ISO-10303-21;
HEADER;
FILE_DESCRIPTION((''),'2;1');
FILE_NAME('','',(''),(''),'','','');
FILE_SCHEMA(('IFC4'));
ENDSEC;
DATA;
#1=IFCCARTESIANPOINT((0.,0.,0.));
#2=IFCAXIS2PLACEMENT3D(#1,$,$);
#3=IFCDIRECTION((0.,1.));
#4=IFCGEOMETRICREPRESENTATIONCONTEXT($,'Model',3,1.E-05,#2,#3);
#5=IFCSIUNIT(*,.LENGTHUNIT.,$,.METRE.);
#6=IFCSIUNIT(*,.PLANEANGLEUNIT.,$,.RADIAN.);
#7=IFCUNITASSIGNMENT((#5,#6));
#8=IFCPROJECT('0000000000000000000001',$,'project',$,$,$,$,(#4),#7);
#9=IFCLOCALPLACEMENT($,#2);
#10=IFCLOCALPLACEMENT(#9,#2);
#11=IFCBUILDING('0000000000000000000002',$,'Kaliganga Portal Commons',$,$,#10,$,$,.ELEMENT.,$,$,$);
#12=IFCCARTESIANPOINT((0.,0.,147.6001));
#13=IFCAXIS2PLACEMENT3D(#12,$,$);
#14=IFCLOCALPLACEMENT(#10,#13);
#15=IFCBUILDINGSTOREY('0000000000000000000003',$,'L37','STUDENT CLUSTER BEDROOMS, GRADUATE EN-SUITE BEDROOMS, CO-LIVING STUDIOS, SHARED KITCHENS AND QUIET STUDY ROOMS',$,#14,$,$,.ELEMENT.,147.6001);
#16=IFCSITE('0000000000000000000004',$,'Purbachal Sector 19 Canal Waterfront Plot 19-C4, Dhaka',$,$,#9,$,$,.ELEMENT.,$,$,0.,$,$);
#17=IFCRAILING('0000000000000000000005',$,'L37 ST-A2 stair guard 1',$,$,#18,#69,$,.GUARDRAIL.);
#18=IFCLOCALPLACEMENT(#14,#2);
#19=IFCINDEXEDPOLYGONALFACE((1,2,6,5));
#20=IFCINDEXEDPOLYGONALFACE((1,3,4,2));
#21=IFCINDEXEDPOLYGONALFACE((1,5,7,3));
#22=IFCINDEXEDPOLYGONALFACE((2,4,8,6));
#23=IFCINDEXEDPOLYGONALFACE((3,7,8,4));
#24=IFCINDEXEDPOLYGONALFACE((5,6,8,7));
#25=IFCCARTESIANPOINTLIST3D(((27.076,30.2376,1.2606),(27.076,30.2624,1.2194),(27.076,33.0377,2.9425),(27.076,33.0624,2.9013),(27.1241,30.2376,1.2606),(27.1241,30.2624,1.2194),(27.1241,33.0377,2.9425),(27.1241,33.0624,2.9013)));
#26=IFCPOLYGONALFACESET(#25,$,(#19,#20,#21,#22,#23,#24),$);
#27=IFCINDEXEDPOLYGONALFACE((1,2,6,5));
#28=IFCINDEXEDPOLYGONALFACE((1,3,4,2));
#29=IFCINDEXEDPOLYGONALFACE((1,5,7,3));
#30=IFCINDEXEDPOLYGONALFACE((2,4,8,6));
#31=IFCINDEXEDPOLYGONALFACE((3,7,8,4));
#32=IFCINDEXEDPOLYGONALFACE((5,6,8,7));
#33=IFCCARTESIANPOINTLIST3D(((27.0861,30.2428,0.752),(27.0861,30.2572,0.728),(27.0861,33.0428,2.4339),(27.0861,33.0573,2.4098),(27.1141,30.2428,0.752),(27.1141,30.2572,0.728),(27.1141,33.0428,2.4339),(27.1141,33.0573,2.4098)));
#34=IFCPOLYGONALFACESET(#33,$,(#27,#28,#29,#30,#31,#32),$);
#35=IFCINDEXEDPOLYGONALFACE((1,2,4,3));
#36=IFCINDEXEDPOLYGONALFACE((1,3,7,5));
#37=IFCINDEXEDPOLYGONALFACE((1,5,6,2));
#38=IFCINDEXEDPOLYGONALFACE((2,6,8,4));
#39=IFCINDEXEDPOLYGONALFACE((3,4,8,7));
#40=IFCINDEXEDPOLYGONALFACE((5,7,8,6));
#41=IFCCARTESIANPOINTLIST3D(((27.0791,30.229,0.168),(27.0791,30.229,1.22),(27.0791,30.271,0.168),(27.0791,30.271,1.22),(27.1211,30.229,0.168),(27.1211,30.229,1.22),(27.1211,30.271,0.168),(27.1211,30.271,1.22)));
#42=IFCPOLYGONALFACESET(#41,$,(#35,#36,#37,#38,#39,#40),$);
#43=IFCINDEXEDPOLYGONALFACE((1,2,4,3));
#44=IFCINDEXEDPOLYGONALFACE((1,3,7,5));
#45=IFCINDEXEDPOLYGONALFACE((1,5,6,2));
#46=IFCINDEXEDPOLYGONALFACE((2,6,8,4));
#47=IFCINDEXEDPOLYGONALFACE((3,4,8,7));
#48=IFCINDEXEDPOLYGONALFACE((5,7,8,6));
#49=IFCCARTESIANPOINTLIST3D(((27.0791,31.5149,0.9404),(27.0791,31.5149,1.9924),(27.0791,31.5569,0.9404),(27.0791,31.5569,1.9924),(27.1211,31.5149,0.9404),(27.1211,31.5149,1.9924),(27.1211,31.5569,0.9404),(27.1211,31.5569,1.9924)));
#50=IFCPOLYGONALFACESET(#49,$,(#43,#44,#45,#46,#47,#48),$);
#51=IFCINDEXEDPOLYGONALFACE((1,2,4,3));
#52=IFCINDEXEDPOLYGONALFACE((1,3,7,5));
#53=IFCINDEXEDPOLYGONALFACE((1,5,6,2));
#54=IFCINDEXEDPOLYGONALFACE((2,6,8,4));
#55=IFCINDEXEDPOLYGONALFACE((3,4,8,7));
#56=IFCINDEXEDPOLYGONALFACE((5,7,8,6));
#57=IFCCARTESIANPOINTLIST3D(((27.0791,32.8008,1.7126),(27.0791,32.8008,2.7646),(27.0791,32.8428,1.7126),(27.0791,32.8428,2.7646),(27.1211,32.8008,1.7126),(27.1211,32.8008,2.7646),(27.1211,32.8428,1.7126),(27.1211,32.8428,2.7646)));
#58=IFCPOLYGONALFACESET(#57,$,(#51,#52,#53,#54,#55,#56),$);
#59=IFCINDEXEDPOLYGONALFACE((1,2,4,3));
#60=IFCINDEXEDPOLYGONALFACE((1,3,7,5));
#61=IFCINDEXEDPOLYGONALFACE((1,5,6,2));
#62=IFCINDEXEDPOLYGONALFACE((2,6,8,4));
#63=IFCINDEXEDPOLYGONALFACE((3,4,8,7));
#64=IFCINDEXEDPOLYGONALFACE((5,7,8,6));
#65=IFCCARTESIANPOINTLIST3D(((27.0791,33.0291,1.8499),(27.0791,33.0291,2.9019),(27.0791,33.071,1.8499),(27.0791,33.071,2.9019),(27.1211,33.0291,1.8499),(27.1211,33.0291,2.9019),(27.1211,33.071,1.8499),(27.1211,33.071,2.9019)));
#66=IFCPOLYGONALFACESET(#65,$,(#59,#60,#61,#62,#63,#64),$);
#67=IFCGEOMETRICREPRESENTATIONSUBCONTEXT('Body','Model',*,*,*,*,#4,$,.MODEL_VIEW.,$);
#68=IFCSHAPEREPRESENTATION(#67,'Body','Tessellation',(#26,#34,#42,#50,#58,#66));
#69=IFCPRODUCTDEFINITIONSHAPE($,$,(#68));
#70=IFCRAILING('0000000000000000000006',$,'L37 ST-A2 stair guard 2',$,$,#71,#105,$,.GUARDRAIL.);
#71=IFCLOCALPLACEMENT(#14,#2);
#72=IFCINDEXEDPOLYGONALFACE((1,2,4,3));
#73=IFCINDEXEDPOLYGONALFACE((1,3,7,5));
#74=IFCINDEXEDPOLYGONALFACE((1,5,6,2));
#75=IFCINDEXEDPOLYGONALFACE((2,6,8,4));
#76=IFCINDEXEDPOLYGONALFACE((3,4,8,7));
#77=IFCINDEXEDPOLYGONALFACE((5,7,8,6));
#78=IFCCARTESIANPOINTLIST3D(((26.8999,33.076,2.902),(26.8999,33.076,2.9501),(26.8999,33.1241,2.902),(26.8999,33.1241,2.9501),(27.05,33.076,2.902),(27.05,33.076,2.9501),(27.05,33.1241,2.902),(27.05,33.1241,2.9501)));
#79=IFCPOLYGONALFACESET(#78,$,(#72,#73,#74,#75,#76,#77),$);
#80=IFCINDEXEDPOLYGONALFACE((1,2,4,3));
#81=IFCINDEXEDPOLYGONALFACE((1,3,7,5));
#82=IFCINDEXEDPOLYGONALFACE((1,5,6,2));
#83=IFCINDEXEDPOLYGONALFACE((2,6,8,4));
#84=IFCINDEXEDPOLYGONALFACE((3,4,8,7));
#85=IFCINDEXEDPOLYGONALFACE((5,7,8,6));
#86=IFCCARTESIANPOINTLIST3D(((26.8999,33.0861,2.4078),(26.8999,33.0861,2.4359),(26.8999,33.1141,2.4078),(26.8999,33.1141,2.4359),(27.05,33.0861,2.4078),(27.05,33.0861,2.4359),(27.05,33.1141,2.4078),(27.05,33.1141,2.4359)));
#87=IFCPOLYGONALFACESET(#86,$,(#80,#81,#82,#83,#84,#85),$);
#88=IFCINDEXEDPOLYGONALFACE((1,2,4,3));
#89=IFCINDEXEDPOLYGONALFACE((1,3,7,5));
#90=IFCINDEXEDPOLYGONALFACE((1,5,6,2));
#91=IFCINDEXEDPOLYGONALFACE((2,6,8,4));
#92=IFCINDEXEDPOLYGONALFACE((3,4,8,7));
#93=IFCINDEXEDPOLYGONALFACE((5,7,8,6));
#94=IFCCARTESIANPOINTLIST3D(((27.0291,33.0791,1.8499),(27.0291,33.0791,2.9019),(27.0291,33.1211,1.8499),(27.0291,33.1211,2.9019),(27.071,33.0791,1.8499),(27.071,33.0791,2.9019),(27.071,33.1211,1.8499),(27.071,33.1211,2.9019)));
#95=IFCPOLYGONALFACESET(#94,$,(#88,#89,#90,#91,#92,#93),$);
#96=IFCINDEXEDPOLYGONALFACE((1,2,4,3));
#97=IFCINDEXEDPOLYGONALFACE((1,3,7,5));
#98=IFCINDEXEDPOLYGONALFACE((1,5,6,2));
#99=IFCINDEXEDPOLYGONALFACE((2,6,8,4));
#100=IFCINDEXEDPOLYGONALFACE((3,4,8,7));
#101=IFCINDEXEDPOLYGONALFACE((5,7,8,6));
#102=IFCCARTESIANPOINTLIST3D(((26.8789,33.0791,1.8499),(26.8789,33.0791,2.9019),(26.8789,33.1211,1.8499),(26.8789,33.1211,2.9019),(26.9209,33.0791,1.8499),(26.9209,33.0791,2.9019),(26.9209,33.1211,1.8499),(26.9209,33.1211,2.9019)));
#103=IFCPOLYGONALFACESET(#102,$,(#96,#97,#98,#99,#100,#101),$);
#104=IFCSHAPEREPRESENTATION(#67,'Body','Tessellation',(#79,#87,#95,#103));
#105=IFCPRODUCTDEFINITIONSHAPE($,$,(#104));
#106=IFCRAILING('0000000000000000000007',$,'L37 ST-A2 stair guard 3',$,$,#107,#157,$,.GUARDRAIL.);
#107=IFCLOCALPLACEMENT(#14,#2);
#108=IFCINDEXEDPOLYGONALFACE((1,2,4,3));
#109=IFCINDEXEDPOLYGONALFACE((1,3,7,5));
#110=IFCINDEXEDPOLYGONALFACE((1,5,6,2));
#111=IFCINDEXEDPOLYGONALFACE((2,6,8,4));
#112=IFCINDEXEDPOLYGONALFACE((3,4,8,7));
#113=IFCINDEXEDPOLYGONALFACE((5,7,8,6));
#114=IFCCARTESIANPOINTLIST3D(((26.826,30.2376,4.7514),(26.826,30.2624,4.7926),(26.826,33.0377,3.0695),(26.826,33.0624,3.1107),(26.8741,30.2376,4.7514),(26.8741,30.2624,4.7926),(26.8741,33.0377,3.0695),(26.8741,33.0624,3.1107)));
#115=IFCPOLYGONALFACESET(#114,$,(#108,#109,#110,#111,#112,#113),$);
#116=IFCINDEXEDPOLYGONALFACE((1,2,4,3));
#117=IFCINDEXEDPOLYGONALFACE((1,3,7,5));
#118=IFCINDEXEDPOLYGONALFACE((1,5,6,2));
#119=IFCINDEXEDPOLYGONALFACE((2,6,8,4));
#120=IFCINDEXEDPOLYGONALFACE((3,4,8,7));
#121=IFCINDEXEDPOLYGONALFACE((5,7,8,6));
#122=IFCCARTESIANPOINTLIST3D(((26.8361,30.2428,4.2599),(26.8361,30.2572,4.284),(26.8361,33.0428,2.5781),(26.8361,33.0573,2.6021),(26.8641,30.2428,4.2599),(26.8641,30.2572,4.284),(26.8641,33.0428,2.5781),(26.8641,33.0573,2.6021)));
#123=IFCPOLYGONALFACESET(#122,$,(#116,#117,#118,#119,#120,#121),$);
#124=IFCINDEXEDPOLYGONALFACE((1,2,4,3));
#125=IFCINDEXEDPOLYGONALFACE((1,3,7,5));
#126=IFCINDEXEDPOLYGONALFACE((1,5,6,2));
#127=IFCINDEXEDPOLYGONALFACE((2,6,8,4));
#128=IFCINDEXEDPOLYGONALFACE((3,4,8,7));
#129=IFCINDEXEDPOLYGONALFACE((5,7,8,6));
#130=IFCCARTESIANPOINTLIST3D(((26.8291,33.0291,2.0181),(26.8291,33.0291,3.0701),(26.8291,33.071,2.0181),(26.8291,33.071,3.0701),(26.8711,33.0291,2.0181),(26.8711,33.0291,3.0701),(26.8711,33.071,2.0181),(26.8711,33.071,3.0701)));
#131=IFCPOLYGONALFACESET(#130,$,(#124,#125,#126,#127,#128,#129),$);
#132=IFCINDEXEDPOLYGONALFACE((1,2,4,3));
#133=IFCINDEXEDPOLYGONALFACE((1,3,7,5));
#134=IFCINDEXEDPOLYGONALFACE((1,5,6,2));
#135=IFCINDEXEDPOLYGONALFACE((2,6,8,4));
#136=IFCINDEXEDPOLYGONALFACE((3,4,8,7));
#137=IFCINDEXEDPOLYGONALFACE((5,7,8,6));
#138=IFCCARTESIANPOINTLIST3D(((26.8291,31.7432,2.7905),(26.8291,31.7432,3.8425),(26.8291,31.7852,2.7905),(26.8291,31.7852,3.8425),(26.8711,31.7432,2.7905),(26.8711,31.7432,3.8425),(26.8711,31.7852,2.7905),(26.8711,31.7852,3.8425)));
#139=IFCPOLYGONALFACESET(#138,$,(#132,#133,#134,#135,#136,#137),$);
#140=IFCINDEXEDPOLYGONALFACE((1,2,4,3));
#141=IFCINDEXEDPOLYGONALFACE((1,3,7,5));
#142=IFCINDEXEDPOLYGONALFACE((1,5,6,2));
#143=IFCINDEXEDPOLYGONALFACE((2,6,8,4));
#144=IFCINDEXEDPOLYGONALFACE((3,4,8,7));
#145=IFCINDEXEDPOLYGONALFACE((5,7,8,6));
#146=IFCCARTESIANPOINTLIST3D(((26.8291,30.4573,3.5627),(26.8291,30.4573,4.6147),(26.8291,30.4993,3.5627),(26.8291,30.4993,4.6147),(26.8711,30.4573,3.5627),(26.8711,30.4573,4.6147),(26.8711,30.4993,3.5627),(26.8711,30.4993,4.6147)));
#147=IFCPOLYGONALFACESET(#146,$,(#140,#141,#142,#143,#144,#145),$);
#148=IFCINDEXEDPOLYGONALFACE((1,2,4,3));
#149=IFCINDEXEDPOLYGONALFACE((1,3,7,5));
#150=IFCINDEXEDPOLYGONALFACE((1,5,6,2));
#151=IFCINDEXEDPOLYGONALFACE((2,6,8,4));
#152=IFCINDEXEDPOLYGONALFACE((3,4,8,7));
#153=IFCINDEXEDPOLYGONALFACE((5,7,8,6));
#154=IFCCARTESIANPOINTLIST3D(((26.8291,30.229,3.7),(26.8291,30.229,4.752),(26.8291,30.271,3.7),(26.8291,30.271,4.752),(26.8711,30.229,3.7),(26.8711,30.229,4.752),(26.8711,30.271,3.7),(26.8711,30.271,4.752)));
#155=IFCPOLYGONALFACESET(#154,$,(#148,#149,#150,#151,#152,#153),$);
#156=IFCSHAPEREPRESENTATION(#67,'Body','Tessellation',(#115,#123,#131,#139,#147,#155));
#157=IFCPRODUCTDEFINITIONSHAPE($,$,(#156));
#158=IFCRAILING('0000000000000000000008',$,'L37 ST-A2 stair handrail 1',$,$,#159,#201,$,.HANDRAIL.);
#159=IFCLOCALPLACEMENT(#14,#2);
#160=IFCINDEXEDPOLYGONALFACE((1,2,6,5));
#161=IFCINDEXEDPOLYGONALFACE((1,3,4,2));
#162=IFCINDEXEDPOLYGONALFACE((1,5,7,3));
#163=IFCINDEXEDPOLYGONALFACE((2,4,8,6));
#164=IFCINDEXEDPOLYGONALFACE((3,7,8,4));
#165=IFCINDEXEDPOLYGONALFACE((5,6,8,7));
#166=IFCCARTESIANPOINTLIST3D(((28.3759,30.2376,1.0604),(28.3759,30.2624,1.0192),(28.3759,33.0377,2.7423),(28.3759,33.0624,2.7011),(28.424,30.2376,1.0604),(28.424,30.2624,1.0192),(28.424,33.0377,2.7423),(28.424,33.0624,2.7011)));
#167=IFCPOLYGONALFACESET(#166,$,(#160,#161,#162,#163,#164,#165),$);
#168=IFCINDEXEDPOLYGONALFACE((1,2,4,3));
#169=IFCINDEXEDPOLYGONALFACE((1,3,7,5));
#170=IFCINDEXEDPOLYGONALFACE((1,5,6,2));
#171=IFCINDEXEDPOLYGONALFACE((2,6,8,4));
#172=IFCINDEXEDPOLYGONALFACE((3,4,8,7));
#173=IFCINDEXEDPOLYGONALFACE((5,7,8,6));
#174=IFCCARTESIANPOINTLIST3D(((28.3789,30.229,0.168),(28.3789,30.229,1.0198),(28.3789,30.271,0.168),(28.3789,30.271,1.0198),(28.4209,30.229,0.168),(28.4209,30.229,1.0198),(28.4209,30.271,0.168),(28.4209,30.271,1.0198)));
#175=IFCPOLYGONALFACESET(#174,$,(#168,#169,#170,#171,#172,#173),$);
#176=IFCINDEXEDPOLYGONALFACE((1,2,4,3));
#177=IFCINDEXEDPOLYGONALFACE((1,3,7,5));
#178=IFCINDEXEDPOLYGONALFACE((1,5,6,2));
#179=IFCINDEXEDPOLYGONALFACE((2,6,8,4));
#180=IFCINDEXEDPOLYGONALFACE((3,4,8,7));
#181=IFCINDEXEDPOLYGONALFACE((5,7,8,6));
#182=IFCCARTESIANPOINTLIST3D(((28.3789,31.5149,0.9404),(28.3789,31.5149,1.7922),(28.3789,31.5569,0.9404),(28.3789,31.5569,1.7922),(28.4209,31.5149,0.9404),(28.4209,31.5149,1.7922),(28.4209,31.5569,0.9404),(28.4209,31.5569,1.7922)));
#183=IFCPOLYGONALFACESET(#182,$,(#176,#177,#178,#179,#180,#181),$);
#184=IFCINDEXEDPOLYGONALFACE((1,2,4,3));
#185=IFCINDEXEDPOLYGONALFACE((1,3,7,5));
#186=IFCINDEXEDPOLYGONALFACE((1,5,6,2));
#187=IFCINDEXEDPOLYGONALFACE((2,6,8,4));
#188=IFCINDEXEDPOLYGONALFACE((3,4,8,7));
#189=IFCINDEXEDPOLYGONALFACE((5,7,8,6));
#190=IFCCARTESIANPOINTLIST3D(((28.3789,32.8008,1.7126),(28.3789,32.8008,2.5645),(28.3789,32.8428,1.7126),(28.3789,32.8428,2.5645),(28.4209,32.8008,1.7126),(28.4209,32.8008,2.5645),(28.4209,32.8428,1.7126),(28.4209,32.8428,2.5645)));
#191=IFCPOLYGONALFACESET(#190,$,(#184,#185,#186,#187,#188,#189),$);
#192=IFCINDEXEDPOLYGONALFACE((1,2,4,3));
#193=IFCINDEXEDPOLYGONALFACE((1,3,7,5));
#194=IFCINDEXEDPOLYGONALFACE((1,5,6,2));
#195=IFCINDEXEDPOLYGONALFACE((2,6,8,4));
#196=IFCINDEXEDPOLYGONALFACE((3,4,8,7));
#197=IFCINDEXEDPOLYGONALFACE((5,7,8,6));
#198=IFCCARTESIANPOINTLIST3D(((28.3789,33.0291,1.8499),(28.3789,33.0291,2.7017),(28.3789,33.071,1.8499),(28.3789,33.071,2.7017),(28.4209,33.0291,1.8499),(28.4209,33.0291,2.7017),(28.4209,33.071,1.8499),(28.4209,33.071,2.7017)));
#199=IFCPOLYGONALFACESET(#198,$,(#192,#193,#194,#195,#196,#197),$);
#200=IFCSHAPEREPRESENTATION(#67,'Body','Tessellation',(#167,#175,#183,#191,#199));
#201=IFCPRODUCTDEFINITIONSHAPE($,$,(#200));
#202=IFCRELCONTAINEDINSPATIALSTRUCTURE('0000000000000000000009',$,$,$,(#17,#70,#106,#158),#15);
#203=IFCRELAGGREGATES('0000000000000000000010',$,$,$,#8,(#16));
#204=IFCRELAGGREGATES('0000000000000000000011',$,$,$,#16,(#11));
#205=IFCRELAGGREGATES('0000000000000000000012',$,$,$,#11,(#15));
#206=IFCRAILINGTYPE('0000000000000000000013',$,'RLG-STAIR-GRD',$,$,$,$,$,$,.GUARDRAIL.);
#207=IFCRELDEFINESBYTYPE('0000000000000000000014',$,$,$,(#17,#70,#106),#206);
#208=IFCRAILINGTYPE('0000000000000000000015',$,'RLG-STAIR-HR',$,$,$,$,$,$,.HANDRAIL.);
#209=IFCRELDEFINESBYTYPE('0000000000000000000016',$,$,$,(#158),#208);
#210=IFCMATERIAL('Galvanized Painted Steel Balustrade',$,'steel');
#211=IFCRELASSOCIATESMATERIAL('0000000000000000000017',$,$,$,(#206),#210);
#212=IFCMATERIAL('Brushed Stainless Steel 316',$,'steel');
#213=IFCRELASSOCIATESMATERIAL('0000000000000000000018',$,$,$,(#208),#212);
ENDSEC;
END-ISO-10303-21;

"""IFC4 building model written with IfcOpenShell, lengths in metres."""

from ifc_helpers import new_model, si_unit, direction, frame, origin, origin_2d, place, context, subcontext, project, spatial, rectangle, extrude, material, type_object, element, save


model = new_model("IFC4")

# Units and contexts
model_context = context("Model", 3, precision=1e-05, world=origin(), true_north=direction((0.0, 1.0)))
body_context = subcontext(model_context, "Body", "Model", "MODEL_VIEW")
ifc_project = project(units=[si_unit("LENGTHUNIT", "METRE"), si_unit("PLANEANGLEUNIT", "RADIAN")], contexts=[model_context])

# Site, building, storey
site_placement = place(None, origin())
site = spatial("IfcSite", under=ifc_project, at=site_placement, Name="Purbachal Sector 19 Canal Waterfront Plot 19-C4, Dhaka", CompositionType="ELEMENT", RefElevation=0.0)
building_placement = place(site_placement, origin())
building = spatial("IfcBuilding", under=site, at=building_placement, Name="Kaliganga Portal Commons", CompositionType="ELEMENT")
storey_placement = place(building_placement, frame((0.0, 0.0, 147.6001)))
storey = spatial("IfcBuildingStorey", under=building, at=storey_placement, Name="L37", Description="STUDENT CLUSTER BEDROOMS, GRADUATE EN-SUITE BEDROOMS, CO-LIVING STUDIOS, SHARED KITCHENS AND QUIET STUDY ROOMS", CompositionType="ELEMENT", Elevation=147.6001)

# Railings
ifc_material_1 = material(Name="Galvanized Painted Steel Balustrade", Category="steel")
railing_type_1 = type_object("IfcRailingType", Name="RLG-STAIR-GRD", PredefinedType="GUARDRAIL", material=ifc_material_1)
railing_1_placement = place(storey_placement, frame((27.1001, 30.25, 0.168)))
element("IfcRailing", 1, at=railing_1_placement, inside=storey, type_object=railing_type_1, Name="L37 ST-A2 stair guard 1", PredefinedType="GUARDRAIL", context=body_context, shape_type="SweptSolid", body=[
    extrude(rectangle(XDim=0.0481, YDim=0.0481, at=origin_2d()), frame((0.0, 0.0, 1.072), z_axis=(0.0, 0.857242, 0.514913), x_axis=(-1.0, 0.0, 0.0)), (0.0, 0.0, 1.0), 3.2664),
    extrude(rectangle(XDim=0.0281, YDim=0.0281, at=origin_2d()), frame((0.0, 0.0, 0.572), z_axis=(0.0, 0.857242, 0.514913), x_axis=(-1.0, 0.0, 0.0)), (0.0, 0.0, 1.0), 3.2664),
    extrude(rectangle(XDim=0.042, YDim=0.042, at=origin_2d()), origin(), (0.0, 0.0, 1.0), 1.052),
    extrude(rectangle(XDim=0.042, YDim=0.042, at=origin_2d()), frame((0.0, 1.2859, 0.7725)), (0.0, 0.0, 1.0), 1.052),
    extrude(rectangle(XDim=0.042, YDim=0.042, at=origin_2d()), frame((0.0, 2.5718, 1.5447)), (0.0, 0.0, 1.0), 1.052),
    extrude(rectangle(XDim=0.042, YDim=0.042, at=origin_2d()), frame((0.0, 2.8, 1.6819)), (0.0, 0.0, 1.0), 1.052),
])
railing_2_placement = place(storey_placement, frame((27.05, 33.1001, 1.8499)))
element("IfcRailing", 2, at=railing_2_placement, inside=storey, type_object=railing_type_1, Name="L37 ST-A2 stair guard 2", PredefinedType="GUARDRAIL", context=body_context, shape_type="SweptSolid", body=[
    extrude(rectangle(XDim=0.0481, YDim=0.0481, at=origin_2d()), frame((0.0, 0.0, 1.0762), z_axis=(-1.0, 0.0, 0.0), x_axis=(0.0, -1.0, 0.0)), (0.0, 0.0, 1.0), 0.1501),
    extrude(rectangle(XDim=0.0281, YDim=0.0281, at=origin_2d()), frame((0.0, 0.0, 0.572), z_axis=(-1.0, 0.0, 0.0), x_axis=(0.0, -1.0, 0.0)), (0.0, 0.0, 1.0), 0.1501),
    extrude(rectangle(XDim=0.042, YDim=0.042, at=origin_2d()), origin(), (0.0, 0.0, 1.0), 1.052),
    extrude(rectangle(XDim=0.042, YDim=0.042, at=origin_2d()), frame((-0.1501, 0.0, 0.0)), (0.0, 0.0, 1.0), 1.052),
])
railing_3_placement = place(storey_placement, frame((26.8501, 33.05, 2.0181)))
element("IfcRailing", 3, at=railing_3_placement, inside=storey, type_object=railing_type_1, Name="L37 ST-A2 stair guard 3", PredefinedType="GUARDRAIL", context=body_context, shape_type="SweptSolid", body=[
    extrude(rectangle(XDim=0.0481, YDim=0.0481, at=origin_2d()), frame((0.0, 0.0, 1.072), z_axis=(0.0, -0.857242, 0.514913), x_axis=(1.0, 0.0, 0.0)), (0.0, 0.0, 1.0), 3.2664),
    extrude(rectangle(XDim=0.0281, YDim=0.0281, at=origin_2d()), frame((0.0, 0.0, 0.572), z_axis=(0.0, -0.857242, 0.514913), x_axis=(1.0, 0.0, 0.0)), (0.0, 0.0, 1.0), 3.2664),
    extrude(rectangle(XDim=0.042, YDim=0.042, at=origin_2d()), origin(), (0.0, 0.0, 1.0), 1.052),
    extrude(rectangle(XDim=0.042, YDim=0.042, at=origin_2d()), frame((0.0, -1.2859, 0.7725)), (0.0, 0.0, 1.0), 1.052),
    extrude(rectangle(XDim=0.042, YDim=0.042, at=origin_2d()), frame((0.0, -2.5718, 1.5447)), (0.0, 0.0, 1.0), 1.052),
    extrude(rectangle(XDim=0.042, YDim=0.042, at=origin_2d()), frame((0.0, -2.8, 1.6819)), (0.0, 0.0, 1.0), 1.052),
])
ifc_material_2 = material(Name="Brushed Stainless Steel 316", Category="steel")
railing_type_2 = type_object("IfcRailingType", Name="RLG-STAIR-HR", PredefinedType="HANDRAIL", material=ifc_material_2)
railing_4_placement = place(storey_placement, frame((28.3999, 30.25, 0.168)))
element("IfcRailing", 4, at=railing_4_placement, inside=storey, type_object=railing_type_2, Name="L37 ST-A2 stair handrail 1", PredefinedType="HANDRAIL", context=body_context, shape_type="SweptSolid", body=[
    extrude(rectangle(XDim=0.0481, YDim=0.0481, at=origin_2d()), frame((0.0, 0.0, 0.8718), z_axis=(0.0, 0.857242, 0.514913), x_axis=(-1.0, 0.0, 0.0)), (0.0, 0.0, 1.0), 3.2664),
    extrude(rectangle(XDim=0.042, YDim=0.042, at=origin_2d()), origin(), (0.0, 0.0, 1.0), 0.8518),
    extrude(rectangle(XDim=0.042, YDim=0.042, at=origin_2d()), frame((0.0, 1.2859, 0.7725)), (0.0, 0.0, 1.0), 0.8518),
    extrude(rectangle(XDim=0.042, YDim=0.042, at=origin_2d()), frame((0.0, 2.5718, 1.5447)), (0.0, 0.0, 1.0), 0.8518),
    extrude(rectangle(XDim=0.042, YDim=0.042, at=origin_2d()), frame((0.0, 2.8, 1.6819)), (0.0, 0.0, 1.0), 0.8518),
])

save(model, "model.ifc")
